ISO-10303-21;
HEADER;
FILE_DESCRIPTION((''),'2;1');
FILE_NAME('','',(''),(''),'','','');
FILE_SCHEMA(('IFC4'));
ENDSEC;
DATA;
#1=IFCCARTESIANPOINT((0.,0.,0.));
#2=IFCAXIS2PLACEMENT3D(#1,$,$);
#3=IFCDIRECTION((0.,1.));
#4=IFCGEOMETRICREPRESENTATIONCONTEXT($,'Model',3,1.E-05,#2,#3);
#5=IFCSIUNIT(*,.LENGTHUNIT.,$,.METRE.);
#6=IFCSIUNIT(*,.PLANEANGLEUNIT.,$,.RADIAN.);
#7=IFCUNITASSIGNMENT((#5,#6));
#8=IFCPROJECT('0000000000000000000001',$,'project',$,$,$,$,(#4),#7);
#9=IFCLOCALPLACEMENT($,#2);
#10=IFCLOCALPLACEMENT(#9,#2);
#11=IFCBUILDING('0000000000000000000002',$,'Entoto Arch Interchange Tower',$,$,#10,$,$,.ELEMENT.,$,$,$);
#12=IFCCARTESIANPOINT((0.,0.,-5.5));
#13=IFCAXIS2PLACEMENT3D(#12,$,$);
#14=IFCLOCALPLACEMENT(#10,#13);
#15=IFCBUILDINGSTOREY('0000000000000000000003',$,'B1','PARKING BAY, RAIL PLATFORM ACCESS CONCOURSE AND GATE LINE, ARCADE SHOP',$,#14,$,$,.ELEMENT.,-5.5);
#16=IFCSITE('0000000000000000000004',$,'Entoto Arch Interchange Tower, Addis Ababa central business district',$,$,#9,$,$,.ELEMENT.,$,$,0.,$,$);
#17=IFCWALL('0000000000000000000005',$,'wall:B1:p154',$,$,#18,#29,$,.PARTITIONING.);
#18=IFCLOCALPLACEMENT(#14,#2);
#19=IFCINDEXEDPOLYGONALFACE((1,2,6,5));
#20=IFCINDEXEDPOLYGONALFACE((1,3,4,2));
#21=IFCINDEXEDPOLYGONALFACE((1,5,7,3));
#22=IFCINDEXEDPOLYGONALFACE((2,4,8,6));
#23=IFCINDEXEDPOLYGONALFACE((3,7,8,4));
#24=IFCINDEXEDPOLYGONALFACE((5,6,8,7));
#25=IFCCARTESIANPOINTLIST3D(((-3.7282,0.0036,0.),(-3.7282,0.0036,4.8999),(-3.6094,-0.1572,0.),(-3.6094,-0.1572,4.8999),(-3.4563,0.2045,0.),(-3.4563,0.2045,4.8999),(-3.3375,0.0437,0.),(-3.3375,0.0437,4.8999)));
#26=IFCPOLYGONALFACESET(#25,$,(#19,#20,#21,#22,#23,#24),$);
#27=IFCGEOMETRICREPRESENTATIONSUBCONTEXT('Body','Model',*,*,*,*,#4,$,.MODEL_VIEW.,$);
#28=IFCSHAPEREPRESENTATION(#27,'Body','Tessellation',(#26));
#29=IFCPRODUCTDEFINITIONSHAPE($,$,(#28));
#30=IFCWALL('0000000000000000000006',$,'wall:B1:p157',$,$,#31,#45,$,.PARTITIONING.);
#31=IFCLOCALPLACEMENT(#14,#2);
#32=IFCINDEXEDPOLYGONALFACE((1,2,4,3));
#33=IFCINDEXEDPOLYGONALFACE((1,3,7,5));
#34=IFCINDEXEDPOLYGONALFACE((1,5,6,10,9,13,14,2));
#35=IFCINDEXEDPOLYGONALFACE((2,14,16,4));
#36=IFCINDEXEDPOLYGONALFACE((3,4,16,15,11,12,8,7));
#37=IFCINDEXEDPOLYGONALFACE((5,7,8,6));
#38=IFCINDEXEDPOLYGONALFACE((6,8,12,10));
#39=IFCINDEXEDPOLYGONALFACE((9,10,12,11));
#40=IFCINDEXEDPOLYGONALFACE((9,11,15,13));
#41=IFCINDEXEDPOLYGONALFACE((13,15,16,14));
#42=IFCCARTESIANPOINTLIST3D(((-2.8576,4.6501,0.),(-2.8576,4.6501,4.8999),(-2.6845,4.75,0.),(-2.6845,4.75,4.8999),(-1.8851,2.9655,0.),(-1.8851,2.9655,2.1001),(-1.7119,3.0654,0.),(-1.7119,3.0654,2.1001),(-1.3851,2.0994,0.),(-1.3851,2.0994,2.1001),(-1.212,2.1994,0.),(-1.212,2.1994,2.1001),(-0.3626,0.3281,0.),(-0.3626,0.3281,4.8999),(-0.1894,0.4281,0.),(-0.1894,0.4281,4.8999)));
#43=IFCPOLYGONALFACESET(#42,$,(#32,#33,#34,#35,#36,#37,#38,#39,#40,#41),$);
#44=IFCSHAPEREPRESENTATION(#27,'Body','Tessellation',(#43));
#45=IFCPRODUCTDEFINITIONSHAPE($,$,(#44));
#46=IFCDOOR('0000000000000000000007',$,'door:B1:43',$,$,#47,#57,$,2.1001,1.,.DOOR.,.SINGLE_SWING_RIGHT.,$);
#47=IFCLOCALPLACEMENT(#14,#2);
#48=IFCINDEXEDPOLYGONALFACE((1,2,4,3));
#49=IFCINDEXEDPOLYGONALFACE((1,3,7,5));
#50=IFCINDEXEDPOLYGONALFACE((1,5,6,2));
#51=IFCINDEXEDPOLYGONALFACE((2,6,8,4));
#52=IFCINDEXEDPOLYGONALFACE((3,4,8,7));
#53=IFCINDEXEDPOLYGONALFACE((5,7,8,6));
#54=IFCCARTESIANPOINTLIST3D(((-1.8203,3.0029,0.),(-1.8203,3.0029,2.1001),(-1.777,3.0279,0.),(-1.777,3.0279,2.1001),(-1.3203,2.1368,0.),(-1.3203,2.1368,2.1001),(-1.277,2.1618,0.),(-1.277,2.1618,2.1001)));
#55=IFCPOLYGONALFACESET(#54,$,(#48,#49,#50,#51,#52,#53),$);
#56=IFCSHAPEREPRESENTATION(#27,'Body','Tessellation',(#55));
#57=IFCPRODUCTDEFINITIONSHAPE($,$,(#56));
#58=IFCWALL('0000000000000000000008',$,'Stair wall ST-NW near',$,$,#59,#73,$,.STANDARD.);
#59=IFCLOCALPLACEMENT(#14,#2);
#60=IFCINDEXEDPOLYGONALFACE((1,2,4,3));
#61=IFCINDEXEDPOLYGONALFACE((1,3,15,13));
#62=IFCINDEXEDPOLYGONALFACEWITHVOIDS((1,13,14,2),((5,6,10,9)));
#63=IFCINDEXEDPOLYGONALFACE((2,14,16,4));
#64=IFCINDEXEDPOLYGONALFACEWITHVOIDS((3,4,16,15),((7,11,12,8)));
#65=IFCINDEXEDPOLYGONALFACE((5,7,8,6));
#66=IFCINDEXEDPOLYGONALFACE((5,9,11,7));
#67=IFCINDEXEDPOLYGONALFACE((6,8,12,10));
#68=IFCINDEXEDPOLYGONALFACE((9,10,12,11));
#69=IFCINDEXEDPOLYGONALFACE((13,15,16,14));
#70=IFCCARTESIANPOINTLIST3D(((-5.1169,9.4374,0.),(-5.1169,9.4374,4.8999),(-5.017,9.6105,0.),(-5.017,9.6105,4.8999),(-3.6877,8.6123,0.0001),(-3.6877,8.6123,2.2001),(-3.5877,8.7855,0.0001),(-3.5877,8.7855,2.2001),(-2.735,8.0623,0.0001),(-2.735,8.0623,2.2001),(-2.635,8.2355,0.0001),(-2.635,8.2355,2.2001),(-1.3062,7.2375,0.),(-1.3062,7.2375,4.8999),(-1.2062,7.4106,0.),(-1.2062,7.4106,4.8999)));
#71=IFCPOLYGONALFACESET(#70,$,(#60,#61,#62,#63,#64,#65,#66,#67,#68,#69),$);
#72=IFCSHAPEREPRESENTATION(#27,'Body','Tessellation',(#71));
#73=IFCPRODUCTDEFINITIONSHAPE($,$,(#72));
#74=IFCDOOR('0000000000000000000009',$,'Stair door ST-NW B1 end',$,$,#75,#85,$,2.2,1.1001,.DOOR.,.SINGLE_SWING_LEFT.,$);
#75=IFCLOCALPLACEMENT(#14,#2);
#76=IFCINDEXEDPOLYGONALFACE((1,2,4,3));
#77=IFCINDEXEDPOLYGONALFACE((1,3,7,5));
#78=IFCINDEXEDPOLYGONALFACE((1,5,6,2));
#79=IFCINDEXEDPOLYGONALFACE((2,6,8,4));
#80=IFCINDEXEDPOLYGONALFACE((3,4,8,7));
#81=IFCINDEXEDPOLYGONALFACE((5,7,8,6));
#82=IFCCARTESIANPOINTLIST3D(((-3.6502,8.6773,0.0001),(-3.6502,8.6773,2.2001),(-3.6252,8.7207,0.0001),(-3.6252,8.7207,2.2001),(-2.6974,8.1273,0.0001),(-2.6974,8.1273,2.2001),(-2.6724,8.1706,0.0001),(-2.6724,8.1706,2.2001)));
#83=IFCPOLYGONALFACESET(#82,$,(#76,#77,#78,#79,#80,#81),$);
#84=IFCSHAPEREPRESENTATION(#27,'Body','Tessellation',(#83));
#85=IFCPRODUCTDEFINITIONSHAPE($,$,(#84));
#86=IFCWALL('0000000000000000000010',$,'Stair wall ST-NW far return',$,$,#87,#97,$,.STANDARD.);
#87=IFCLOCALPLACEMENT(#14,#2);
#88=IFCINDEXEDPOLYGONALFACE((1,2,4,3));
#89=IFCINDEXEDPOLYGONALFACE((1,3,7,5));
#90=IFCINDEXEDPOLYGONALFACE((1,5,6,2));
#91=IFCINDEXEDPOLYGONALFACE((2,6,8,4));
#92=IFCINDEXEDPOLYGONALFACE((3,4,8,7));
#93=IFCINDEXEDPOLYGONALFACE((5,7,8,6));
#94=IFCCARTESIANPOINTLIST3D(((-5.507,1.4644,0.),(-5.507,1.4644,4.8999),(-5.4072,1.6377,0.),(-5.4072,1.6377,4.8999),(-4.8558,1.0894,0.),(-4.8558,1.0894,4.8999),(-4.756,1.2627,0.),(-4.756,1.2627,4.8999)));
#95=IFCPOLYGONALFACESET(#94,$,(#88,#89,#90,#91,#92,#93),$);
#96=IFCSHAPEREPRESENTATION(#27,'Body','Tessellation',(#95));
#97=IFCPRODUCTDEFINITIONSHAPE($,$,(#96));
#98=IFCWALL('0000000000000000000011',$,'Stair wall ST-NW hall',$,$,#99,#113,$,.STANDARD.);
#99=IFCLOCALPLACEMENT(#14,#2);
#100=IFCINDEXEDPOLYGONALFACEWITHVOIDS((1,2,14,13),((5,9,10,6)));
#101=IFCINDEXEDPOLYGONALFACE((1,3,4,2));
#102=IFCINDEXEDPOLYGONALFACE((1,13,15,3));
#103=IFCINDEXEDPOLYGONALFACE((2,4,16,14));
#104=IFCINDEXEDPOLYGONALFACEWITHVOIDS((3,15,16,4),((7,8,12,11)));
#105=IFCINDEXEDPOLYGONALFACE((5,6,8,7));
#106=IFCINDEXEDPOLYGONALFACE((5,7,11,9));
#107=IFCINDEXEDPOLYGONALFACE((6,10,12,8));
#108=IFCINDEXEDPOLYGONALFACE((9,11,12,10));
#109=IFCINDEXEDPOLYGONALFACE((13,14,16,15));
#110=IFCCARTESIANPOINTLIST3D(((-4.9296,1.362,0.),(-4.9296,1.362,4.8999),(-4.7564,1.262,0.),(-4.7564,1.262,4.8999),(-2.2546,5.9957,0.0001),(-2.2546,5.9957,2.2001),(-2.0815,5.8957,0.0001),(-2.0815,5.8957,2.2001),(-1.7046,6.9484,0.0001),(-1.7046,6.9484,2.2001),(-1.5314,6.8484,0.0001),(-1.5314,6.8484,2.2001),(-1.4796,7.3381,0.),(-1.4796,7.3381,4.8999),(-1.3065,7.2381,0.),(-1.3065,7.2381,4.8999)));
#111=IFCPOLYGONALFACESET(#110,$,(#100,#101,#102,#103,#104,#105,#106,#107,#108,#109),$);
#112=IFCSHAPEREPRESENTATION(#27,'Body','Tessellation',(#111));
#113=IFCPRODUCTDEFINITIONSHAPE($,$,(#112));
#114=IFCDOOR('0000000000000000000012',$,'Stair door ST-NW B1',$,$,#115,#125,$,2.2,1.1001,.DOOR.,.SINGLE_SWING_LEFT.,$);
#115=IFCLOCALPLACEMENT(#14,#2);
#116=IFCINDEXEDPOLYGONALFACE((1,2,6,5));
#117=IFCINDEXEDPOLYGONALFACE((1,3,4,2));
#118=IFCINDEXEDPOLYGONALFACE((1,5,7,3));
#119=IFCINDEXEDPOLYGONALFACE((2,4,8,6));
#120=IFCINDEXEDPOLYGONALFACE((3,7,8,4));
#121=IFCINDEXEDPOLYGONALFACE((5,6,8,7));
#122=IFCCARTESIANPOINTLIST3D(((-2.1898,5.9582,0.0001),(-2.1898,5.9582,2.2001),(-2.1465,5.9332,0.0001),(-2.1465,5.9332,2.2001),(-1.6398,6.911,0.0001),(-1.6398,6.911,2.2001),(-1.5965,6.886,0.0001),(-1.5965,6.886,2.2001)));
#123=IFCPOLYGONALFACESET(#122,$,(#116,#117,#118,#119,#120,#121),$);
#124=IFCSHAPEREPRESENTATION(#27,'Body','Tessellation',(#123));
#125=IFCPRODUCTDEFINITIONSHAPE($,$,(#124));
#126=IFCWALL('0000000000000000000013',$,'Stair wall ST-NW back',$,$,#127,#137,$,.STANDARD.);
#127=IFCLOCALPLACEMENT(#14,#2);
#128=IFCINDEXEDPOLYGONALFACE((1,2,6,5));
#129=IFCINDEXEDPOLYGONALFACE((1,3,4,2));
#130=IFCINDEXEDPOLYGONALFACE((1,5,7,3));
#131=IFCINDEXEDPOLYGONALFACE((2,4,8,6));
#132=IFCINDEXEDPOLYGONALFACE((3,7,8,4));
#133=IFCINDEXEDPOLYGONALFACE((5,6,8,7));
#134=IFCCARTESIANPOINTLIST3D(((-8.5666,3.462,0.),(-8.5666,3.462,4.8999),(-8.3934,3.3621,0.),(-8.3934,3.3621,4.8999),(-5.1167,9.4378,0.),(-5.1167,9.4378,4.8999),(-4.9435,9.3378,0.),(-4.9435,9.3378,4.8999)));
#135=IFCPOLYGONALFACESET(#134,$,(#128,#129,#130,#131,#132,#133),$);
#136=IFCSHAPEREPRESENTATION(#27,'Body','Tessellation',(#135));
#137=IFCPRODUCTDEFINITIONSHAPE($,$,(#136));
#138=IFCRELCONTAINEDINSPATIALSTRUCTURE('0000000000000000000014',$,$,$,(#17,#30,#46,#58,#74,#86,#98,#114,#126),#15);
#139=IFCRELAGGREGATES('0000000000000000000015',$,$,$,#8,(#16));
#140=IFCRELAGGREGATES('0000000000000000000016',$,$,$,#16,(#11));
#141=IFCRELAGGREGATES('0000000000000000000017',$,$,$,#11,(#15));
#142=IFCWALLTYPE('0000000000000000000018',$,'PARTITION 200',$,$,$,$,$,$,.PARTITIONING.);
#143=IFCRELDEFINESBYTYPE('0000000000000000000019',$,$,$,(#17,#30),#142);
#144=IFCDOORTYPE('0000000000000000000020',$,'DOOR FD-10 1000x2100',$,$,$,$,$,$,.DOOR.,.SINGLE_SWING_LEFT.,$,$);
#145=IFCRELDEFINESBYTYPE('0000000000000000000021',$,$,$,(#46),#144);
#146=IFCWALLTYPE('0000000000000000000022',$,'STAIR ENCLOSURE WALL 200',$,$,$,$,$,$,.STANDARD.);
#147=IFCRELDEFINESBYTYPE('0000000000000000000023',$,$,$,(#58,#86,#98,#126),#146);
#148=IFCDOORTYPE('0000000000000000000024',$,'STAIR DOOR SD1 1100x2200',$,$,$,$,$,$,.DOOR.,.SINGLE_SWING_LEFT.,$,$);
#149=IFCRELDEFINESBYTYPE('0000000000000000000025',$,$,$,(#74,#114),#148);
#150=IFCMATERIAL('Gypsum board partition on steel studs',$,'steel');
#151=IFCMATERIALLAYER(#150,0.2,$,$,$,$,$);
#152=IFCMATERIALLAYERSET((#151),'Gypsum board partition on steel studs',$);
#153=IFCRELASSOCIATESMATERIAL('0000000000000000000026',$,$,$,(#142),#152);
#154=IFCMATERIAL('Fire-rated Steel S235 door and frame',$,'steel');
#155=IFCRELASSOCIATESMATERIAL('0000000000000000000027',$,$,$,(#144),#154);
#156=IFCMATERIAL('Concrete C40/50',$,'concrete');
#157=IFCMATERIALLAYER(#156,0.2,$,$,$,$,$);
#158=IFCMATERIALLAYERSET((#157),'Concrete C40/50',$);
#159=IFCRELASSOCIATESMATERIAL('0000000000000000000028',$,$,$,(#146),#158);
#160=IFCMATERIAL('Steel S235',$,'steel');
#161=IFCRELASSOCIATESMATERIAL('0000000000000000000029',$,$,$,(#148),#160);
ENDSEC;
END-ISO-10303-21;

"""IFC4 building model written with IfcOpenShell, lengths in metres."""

from ifc_helpers import new_model, si_unit, direction, frame, frame_2d, origin, place, context, subcontext, project, spatial, rectangle, extrude, material, layer, layer_set, type_object, element, fill, save


model = new_model("IFC4")

# Units and contexts
model_context = context("Model", 3, precision=1e-05, world=origin(), true_north=direction((0.0, 1.0)))
body_context = subcontext(model_context, "Body", "Model", "MODEL_VIEW")
ifc_project = project(units=[si_unit("LENGTHUNIT", "METRE"), si_unit("PLANEANGLEUNIT", "RADIAN")], contexts=[model_context])

# Site, building, storey
site_placement = place(None, origin())
site = spatial("IfcSite", under=ifc_project, at=site_placement, Name="Entoto Arch Interchange Tower, Addis Ababa central business district", CompositionType="ELEMENT", RefElevation=0.0)
building_placement = place(site_placement, origin())
building = spatial("IfcBuilding", under=site, at=building_placement, Name="Entoto Arch Interchange Tower", CompositionType="ELEMENT")
storey_placement = place(building_placement, frame((0.0, 0.0, -5.5)))
storey = spatial("IfcBuildingStorey", under=building, at=storey_placement, Name="B1", Description="PARKING BAY, RAIL PLATFORM ACCESS CONCOURSE AND GATE LINE, ARCADE SHOP", CompositionType="ELEMENT", Elevation=-5.5)

# Shared definitions
ifc_material_1 = material(Name="Concrete C40/50", Category="concrete")

# Wall
ifc_material_2 = material(Name="Gypsum board partition on steel studs", Category="steel")
ifc_layer_1 = layer(ifc_material_2, 0.2)
ifc_layer_set_1 = layer_set([ifc_layer_1], Name="Gypsum board partition on steel studs")
wall_type_1 = type_object("IfcWallType", Name="PARTITION 200", PredefinedType="PARTITIONING", material=ifc_layer_set_1)
wall_1_placement = place(storey_placement, frame((-3.397, 0.124, 0.0), z_axis=(0.0, 0.0, 1.0), x_axis=(-0.804311, -0.594208, 0.0)))
element("IfcWall", 1, at=wall_1_placement, inside=storey, type_object=wall_type_1, Name="wall:B1:p154", PredefinedType="PARTITIONING", context=body_context, shape_type="SweptSolid", body=[
    extrude(rectangle(XDim=0.3381, YDim=0.2, at=frame_2d((0.1689, 0.0))), origin(), (0.0, 0.0, 1.0), 4.8999),
])

# Walls, openings, doors
wall_2_placement = place(storey_placement, frame((-2.771, 4.7, 0.0), z_axis=(0.0, 0.0, 1.0), x_axis=(0.499969, -0.866043, 0.0)))
wall_2 = element("IfcWall", 2, at=wall_2_placement, inside=storey, type_object=wall_type_1, Name="wall:B1:p157", PredefinedType="PARTITIONING", context=body_context, shape_type="SweptSolid", body=[
    extrude(rectangle(XDim=4.9905, YDim=0.2, at=frame_2d((2.4951, 0.0))), origin(), (0.0, 0.0, 1.0), 4.8999),
])
opening_1_placement = place(wall_2_placement, frame((1.9451, 0.0, 0.0)))
opening_1 = element("IfcOpeningElement", 3, at=opening_1_placement, cuts=wall_2, PredefinedType="OPENING", context=body_context, shape_type="SweptSolid", body=[
    extrude(rectangle(XDim=1.0, YDim=2.1001, at=frame_2d((0.5, 1.05))), frame((0.0, 0.1099, 0.0), z_axis=(0.0, -1.0, 0.0), x_axis=(1.0, 0.0, 0.0)), (0.0, 0.0, 1.0), 0.22),
])
ifc_material_3 = material(Name="Fire-rated Steel S235 door and frame", Category="steel")
door_type_1 = type_object("IfcDoorType", Name="DOOR FD-10 1000x2100", OperationType="SINGLE_SWING_LEFT", PredefinedType="DOOR", material=ifc_material_3)
door_1_placement = place(opening_1_placement, origin())
door_1 = element("IfcDoor", 4, at=door_1_placement, inside=storey, type_object=door_type_1, Name="door:B1:43", OperationType="SINGLE_SWING_RIGHT", OverallHeight=2.1001, OverallWidth=1.0, PredefinedType="DOOR", context=body_context, shape_type="SweptSolid", body=[
    extrude(rectangle(XDim=1.0, YDim=2.1001, at=frame_2d((0.5, 1.05))), frame((0.0, 0.0249, 0.0), z_axis=(0.0, -1.0, 0.0), x_axis=(1.0, 0.0, 0.0)), (0.0, 0.0, 1.0), 0.05),
])
fill(opening_1, door_1)
ifc_layer_2 = layer(ifc_material_1, 0.2)
ifc_layer_set_2 = layer_set([ifc_layer_2], Name="Concrete C40/50")
wall_type_2 = type_object("IfcWallType", Name="STAIR ENCLOSURE WALL 200", PredefinedType="STANDARD", material=ifc_layer_set_2)
wall_3_placement = place(storey_placement, frame((-1.2561, 7.324, 0.0), z_axis=(0.0, 0.0, 1.0), x_axis=(-0.866046, 0.499964, 0.0)))
wall_3 = element("IfcWall", 5, at=wall_3_placement, inside=storey, type_object=wall_type_2, Name="Stair wall ST-NW near", PredefinedType="STANDARD", context=body_context, shape_type="SweptSolid", body=[
    extrude(rectangle(XDim=4.4001, YDim=0.2, at=frame_2d((2.2002, 0.0))), origin(), (0.0, 0.0, 1.0), 4.8999),
])
opening_2_placement = place(wall_3_placement, frame((1.6499, 0.0, 0.0)))
opening_2 = element("IfcOpeningElement", 6, at=opening_2_placement, cuts=wall_3, PredefinedType="OPENING", context=body_context, shape_type="SweptSolid", body=[
    extrude(rectangle(XDim=1.1001, YDim=2.2, at=frame_2d((0.55, 1.1001))), frame((0.0, 0.1099, 0.0), z_axis=(0.0, -1.0, 0.0), x_axis=(1.0, 0.0, 0.0)), (0.0, 0.0, 1.0), 0.22),
])
ifc_material_4 = material(Name="Steel S235", Category="steel")
door_type_2 = type_object("IfcDoorType", Name="STAIR DOOR SD1 1100x2200", OperationType="SINGLE_SWING_LEFT", PredefinedType="DOOR", material=ifc_material_4)
door_2_placement = place(opening_2_placement, origin())
door_2 = element("IfcDoor", 7, at=door_2_placement, inside=storey, type_object=door_type_2, Name="Stair door ST-NW B1 end", OperationType="SINGLE_SWING_LEFT", OverallHeight=2.2, OverallWidth=1.1001, PredefinedType="DOOR", context=body_context, shape_type="SweptSolid", body=[
    extrude(rectangle(XDim=1.1001, YDim=2.2, at=frame_2d((0.55, 1.1001))), frame((0.0, 0.0249, 0.0), z_axis=(0.0, -1.0, 0.0), x_axis=(1.0, 0.0, 0.0)), (0.0, 0.0, 1.0), 0.05),
])
fill(opening_2, door_2)

# Wall
wall_4_placement = place(storey_placement, frame((-4.8059, 1.176, 0.0), z_axis=(0.0, 0.0, 1.0), x_axis=(-0.866559, 0.499075, 0.0)))
element("IfcWall", 8, at=wall_4_placement, inside=storey, type_object=wall_type_2, Name="Stair wall ST-NW far return", PredefinedType="STANDARD", context=body_context, shape_type="SweptSolid", body=[
    extrude(rectangle(XDim=0.7515, YDim=0.2, at=frame_2d((0.3757, 0.0))), origin(), (0.0, 0.0, 1.0), 4.8999),
])

# Wall, opening, door
wall_5_placement = place(storey_placement, frame((-1.3931, 7.2881, 0.0), z_axis=(0.0, 0.0, 1.0), x_axis=(-0.499963, -0.866047, 0.0)))
wall_5 = element("IfcWall", 9, at=wall_5_placement, inside=storey, type_object=wall_type_2, Name="Stair wall ST-NW hall", PredefinedType="STANDARD", context=body_context, shape_type="SweptSolid", body=[
    extrude(rectangle(XDim=6.9004, YDim=0.2, at=frame_2d((3.4502, 0.0))), origin(), (0.0, 0.0, 1.0), 4.8999),
])
opening_3_placement = place(wall_5_placement, frame((0.45, 0.0, 0.0)))
opening_3 = element("IfcOpeningElement", 10, at=opening_3_placement, cuts=wall_5, PredefinedType="OPENING", context=body_context, shape_type="SweptSolid", body=[
    extrude(rectangle(XDim=1.1001, YDim=2.2, at=frame_2d((0.55, 1.1001))), frame((0.0, 0.1099, 0.0), z_axis=(0.0, -1.0, 0.0), x_axis=(1.0, 0.0, 0.0)), (0.0, 0.0, 1.0), 0.22),
])
door_3_placement = place(opening_3_placement, origin())
door_3 = element("IfcDoor", 11, at=door_3_placement, inside=storey, type_object=door_type_2, Name="Stair door ST-NW B1", OperationType="SINGLE_SWING_LEFT", OverallHeight=2.2, OverallWidth=1.1001, PredefinedType="DOOR", context=body_context, shape_type="SweptSolid", body=[
    extrude(rectangle(XDim=1.1001, YDim=2.2, at=frame_2d((0.55, 1.1001))), frame((0.0, 0.0249, 0.0), z_axis=(0.0, -1.0, 0.0), x_axis=(1.0, 0.0, 0.0)), (0.0, 0.0, 1.0), 0.05),
])
fill(opening_3, door_3)

# Wall
wall_6_placement = place(storey_placement, frame((-5.03, 9.3879, 0.0), z_axis=(0.0, 0.0, 1.0), x_axis=(-0.499979, -0.866038, 0.0)))
element("IfcWall", 12, at=wall_6_placement, inside=storey, type_object=wall_type_2, Name="Stair wall ST-NW back", PredefinedType="STANDARD", context=body_context, shape_type="SweptSolid", body=[
    extrude(rectangle(XDim=6.9001, YDim=0.2, at=frame_2d((3.4502, 0.0))), origin(), (0.0, 0.0, 1.0), 4.8999),
])

save(model, "model.ifc")
